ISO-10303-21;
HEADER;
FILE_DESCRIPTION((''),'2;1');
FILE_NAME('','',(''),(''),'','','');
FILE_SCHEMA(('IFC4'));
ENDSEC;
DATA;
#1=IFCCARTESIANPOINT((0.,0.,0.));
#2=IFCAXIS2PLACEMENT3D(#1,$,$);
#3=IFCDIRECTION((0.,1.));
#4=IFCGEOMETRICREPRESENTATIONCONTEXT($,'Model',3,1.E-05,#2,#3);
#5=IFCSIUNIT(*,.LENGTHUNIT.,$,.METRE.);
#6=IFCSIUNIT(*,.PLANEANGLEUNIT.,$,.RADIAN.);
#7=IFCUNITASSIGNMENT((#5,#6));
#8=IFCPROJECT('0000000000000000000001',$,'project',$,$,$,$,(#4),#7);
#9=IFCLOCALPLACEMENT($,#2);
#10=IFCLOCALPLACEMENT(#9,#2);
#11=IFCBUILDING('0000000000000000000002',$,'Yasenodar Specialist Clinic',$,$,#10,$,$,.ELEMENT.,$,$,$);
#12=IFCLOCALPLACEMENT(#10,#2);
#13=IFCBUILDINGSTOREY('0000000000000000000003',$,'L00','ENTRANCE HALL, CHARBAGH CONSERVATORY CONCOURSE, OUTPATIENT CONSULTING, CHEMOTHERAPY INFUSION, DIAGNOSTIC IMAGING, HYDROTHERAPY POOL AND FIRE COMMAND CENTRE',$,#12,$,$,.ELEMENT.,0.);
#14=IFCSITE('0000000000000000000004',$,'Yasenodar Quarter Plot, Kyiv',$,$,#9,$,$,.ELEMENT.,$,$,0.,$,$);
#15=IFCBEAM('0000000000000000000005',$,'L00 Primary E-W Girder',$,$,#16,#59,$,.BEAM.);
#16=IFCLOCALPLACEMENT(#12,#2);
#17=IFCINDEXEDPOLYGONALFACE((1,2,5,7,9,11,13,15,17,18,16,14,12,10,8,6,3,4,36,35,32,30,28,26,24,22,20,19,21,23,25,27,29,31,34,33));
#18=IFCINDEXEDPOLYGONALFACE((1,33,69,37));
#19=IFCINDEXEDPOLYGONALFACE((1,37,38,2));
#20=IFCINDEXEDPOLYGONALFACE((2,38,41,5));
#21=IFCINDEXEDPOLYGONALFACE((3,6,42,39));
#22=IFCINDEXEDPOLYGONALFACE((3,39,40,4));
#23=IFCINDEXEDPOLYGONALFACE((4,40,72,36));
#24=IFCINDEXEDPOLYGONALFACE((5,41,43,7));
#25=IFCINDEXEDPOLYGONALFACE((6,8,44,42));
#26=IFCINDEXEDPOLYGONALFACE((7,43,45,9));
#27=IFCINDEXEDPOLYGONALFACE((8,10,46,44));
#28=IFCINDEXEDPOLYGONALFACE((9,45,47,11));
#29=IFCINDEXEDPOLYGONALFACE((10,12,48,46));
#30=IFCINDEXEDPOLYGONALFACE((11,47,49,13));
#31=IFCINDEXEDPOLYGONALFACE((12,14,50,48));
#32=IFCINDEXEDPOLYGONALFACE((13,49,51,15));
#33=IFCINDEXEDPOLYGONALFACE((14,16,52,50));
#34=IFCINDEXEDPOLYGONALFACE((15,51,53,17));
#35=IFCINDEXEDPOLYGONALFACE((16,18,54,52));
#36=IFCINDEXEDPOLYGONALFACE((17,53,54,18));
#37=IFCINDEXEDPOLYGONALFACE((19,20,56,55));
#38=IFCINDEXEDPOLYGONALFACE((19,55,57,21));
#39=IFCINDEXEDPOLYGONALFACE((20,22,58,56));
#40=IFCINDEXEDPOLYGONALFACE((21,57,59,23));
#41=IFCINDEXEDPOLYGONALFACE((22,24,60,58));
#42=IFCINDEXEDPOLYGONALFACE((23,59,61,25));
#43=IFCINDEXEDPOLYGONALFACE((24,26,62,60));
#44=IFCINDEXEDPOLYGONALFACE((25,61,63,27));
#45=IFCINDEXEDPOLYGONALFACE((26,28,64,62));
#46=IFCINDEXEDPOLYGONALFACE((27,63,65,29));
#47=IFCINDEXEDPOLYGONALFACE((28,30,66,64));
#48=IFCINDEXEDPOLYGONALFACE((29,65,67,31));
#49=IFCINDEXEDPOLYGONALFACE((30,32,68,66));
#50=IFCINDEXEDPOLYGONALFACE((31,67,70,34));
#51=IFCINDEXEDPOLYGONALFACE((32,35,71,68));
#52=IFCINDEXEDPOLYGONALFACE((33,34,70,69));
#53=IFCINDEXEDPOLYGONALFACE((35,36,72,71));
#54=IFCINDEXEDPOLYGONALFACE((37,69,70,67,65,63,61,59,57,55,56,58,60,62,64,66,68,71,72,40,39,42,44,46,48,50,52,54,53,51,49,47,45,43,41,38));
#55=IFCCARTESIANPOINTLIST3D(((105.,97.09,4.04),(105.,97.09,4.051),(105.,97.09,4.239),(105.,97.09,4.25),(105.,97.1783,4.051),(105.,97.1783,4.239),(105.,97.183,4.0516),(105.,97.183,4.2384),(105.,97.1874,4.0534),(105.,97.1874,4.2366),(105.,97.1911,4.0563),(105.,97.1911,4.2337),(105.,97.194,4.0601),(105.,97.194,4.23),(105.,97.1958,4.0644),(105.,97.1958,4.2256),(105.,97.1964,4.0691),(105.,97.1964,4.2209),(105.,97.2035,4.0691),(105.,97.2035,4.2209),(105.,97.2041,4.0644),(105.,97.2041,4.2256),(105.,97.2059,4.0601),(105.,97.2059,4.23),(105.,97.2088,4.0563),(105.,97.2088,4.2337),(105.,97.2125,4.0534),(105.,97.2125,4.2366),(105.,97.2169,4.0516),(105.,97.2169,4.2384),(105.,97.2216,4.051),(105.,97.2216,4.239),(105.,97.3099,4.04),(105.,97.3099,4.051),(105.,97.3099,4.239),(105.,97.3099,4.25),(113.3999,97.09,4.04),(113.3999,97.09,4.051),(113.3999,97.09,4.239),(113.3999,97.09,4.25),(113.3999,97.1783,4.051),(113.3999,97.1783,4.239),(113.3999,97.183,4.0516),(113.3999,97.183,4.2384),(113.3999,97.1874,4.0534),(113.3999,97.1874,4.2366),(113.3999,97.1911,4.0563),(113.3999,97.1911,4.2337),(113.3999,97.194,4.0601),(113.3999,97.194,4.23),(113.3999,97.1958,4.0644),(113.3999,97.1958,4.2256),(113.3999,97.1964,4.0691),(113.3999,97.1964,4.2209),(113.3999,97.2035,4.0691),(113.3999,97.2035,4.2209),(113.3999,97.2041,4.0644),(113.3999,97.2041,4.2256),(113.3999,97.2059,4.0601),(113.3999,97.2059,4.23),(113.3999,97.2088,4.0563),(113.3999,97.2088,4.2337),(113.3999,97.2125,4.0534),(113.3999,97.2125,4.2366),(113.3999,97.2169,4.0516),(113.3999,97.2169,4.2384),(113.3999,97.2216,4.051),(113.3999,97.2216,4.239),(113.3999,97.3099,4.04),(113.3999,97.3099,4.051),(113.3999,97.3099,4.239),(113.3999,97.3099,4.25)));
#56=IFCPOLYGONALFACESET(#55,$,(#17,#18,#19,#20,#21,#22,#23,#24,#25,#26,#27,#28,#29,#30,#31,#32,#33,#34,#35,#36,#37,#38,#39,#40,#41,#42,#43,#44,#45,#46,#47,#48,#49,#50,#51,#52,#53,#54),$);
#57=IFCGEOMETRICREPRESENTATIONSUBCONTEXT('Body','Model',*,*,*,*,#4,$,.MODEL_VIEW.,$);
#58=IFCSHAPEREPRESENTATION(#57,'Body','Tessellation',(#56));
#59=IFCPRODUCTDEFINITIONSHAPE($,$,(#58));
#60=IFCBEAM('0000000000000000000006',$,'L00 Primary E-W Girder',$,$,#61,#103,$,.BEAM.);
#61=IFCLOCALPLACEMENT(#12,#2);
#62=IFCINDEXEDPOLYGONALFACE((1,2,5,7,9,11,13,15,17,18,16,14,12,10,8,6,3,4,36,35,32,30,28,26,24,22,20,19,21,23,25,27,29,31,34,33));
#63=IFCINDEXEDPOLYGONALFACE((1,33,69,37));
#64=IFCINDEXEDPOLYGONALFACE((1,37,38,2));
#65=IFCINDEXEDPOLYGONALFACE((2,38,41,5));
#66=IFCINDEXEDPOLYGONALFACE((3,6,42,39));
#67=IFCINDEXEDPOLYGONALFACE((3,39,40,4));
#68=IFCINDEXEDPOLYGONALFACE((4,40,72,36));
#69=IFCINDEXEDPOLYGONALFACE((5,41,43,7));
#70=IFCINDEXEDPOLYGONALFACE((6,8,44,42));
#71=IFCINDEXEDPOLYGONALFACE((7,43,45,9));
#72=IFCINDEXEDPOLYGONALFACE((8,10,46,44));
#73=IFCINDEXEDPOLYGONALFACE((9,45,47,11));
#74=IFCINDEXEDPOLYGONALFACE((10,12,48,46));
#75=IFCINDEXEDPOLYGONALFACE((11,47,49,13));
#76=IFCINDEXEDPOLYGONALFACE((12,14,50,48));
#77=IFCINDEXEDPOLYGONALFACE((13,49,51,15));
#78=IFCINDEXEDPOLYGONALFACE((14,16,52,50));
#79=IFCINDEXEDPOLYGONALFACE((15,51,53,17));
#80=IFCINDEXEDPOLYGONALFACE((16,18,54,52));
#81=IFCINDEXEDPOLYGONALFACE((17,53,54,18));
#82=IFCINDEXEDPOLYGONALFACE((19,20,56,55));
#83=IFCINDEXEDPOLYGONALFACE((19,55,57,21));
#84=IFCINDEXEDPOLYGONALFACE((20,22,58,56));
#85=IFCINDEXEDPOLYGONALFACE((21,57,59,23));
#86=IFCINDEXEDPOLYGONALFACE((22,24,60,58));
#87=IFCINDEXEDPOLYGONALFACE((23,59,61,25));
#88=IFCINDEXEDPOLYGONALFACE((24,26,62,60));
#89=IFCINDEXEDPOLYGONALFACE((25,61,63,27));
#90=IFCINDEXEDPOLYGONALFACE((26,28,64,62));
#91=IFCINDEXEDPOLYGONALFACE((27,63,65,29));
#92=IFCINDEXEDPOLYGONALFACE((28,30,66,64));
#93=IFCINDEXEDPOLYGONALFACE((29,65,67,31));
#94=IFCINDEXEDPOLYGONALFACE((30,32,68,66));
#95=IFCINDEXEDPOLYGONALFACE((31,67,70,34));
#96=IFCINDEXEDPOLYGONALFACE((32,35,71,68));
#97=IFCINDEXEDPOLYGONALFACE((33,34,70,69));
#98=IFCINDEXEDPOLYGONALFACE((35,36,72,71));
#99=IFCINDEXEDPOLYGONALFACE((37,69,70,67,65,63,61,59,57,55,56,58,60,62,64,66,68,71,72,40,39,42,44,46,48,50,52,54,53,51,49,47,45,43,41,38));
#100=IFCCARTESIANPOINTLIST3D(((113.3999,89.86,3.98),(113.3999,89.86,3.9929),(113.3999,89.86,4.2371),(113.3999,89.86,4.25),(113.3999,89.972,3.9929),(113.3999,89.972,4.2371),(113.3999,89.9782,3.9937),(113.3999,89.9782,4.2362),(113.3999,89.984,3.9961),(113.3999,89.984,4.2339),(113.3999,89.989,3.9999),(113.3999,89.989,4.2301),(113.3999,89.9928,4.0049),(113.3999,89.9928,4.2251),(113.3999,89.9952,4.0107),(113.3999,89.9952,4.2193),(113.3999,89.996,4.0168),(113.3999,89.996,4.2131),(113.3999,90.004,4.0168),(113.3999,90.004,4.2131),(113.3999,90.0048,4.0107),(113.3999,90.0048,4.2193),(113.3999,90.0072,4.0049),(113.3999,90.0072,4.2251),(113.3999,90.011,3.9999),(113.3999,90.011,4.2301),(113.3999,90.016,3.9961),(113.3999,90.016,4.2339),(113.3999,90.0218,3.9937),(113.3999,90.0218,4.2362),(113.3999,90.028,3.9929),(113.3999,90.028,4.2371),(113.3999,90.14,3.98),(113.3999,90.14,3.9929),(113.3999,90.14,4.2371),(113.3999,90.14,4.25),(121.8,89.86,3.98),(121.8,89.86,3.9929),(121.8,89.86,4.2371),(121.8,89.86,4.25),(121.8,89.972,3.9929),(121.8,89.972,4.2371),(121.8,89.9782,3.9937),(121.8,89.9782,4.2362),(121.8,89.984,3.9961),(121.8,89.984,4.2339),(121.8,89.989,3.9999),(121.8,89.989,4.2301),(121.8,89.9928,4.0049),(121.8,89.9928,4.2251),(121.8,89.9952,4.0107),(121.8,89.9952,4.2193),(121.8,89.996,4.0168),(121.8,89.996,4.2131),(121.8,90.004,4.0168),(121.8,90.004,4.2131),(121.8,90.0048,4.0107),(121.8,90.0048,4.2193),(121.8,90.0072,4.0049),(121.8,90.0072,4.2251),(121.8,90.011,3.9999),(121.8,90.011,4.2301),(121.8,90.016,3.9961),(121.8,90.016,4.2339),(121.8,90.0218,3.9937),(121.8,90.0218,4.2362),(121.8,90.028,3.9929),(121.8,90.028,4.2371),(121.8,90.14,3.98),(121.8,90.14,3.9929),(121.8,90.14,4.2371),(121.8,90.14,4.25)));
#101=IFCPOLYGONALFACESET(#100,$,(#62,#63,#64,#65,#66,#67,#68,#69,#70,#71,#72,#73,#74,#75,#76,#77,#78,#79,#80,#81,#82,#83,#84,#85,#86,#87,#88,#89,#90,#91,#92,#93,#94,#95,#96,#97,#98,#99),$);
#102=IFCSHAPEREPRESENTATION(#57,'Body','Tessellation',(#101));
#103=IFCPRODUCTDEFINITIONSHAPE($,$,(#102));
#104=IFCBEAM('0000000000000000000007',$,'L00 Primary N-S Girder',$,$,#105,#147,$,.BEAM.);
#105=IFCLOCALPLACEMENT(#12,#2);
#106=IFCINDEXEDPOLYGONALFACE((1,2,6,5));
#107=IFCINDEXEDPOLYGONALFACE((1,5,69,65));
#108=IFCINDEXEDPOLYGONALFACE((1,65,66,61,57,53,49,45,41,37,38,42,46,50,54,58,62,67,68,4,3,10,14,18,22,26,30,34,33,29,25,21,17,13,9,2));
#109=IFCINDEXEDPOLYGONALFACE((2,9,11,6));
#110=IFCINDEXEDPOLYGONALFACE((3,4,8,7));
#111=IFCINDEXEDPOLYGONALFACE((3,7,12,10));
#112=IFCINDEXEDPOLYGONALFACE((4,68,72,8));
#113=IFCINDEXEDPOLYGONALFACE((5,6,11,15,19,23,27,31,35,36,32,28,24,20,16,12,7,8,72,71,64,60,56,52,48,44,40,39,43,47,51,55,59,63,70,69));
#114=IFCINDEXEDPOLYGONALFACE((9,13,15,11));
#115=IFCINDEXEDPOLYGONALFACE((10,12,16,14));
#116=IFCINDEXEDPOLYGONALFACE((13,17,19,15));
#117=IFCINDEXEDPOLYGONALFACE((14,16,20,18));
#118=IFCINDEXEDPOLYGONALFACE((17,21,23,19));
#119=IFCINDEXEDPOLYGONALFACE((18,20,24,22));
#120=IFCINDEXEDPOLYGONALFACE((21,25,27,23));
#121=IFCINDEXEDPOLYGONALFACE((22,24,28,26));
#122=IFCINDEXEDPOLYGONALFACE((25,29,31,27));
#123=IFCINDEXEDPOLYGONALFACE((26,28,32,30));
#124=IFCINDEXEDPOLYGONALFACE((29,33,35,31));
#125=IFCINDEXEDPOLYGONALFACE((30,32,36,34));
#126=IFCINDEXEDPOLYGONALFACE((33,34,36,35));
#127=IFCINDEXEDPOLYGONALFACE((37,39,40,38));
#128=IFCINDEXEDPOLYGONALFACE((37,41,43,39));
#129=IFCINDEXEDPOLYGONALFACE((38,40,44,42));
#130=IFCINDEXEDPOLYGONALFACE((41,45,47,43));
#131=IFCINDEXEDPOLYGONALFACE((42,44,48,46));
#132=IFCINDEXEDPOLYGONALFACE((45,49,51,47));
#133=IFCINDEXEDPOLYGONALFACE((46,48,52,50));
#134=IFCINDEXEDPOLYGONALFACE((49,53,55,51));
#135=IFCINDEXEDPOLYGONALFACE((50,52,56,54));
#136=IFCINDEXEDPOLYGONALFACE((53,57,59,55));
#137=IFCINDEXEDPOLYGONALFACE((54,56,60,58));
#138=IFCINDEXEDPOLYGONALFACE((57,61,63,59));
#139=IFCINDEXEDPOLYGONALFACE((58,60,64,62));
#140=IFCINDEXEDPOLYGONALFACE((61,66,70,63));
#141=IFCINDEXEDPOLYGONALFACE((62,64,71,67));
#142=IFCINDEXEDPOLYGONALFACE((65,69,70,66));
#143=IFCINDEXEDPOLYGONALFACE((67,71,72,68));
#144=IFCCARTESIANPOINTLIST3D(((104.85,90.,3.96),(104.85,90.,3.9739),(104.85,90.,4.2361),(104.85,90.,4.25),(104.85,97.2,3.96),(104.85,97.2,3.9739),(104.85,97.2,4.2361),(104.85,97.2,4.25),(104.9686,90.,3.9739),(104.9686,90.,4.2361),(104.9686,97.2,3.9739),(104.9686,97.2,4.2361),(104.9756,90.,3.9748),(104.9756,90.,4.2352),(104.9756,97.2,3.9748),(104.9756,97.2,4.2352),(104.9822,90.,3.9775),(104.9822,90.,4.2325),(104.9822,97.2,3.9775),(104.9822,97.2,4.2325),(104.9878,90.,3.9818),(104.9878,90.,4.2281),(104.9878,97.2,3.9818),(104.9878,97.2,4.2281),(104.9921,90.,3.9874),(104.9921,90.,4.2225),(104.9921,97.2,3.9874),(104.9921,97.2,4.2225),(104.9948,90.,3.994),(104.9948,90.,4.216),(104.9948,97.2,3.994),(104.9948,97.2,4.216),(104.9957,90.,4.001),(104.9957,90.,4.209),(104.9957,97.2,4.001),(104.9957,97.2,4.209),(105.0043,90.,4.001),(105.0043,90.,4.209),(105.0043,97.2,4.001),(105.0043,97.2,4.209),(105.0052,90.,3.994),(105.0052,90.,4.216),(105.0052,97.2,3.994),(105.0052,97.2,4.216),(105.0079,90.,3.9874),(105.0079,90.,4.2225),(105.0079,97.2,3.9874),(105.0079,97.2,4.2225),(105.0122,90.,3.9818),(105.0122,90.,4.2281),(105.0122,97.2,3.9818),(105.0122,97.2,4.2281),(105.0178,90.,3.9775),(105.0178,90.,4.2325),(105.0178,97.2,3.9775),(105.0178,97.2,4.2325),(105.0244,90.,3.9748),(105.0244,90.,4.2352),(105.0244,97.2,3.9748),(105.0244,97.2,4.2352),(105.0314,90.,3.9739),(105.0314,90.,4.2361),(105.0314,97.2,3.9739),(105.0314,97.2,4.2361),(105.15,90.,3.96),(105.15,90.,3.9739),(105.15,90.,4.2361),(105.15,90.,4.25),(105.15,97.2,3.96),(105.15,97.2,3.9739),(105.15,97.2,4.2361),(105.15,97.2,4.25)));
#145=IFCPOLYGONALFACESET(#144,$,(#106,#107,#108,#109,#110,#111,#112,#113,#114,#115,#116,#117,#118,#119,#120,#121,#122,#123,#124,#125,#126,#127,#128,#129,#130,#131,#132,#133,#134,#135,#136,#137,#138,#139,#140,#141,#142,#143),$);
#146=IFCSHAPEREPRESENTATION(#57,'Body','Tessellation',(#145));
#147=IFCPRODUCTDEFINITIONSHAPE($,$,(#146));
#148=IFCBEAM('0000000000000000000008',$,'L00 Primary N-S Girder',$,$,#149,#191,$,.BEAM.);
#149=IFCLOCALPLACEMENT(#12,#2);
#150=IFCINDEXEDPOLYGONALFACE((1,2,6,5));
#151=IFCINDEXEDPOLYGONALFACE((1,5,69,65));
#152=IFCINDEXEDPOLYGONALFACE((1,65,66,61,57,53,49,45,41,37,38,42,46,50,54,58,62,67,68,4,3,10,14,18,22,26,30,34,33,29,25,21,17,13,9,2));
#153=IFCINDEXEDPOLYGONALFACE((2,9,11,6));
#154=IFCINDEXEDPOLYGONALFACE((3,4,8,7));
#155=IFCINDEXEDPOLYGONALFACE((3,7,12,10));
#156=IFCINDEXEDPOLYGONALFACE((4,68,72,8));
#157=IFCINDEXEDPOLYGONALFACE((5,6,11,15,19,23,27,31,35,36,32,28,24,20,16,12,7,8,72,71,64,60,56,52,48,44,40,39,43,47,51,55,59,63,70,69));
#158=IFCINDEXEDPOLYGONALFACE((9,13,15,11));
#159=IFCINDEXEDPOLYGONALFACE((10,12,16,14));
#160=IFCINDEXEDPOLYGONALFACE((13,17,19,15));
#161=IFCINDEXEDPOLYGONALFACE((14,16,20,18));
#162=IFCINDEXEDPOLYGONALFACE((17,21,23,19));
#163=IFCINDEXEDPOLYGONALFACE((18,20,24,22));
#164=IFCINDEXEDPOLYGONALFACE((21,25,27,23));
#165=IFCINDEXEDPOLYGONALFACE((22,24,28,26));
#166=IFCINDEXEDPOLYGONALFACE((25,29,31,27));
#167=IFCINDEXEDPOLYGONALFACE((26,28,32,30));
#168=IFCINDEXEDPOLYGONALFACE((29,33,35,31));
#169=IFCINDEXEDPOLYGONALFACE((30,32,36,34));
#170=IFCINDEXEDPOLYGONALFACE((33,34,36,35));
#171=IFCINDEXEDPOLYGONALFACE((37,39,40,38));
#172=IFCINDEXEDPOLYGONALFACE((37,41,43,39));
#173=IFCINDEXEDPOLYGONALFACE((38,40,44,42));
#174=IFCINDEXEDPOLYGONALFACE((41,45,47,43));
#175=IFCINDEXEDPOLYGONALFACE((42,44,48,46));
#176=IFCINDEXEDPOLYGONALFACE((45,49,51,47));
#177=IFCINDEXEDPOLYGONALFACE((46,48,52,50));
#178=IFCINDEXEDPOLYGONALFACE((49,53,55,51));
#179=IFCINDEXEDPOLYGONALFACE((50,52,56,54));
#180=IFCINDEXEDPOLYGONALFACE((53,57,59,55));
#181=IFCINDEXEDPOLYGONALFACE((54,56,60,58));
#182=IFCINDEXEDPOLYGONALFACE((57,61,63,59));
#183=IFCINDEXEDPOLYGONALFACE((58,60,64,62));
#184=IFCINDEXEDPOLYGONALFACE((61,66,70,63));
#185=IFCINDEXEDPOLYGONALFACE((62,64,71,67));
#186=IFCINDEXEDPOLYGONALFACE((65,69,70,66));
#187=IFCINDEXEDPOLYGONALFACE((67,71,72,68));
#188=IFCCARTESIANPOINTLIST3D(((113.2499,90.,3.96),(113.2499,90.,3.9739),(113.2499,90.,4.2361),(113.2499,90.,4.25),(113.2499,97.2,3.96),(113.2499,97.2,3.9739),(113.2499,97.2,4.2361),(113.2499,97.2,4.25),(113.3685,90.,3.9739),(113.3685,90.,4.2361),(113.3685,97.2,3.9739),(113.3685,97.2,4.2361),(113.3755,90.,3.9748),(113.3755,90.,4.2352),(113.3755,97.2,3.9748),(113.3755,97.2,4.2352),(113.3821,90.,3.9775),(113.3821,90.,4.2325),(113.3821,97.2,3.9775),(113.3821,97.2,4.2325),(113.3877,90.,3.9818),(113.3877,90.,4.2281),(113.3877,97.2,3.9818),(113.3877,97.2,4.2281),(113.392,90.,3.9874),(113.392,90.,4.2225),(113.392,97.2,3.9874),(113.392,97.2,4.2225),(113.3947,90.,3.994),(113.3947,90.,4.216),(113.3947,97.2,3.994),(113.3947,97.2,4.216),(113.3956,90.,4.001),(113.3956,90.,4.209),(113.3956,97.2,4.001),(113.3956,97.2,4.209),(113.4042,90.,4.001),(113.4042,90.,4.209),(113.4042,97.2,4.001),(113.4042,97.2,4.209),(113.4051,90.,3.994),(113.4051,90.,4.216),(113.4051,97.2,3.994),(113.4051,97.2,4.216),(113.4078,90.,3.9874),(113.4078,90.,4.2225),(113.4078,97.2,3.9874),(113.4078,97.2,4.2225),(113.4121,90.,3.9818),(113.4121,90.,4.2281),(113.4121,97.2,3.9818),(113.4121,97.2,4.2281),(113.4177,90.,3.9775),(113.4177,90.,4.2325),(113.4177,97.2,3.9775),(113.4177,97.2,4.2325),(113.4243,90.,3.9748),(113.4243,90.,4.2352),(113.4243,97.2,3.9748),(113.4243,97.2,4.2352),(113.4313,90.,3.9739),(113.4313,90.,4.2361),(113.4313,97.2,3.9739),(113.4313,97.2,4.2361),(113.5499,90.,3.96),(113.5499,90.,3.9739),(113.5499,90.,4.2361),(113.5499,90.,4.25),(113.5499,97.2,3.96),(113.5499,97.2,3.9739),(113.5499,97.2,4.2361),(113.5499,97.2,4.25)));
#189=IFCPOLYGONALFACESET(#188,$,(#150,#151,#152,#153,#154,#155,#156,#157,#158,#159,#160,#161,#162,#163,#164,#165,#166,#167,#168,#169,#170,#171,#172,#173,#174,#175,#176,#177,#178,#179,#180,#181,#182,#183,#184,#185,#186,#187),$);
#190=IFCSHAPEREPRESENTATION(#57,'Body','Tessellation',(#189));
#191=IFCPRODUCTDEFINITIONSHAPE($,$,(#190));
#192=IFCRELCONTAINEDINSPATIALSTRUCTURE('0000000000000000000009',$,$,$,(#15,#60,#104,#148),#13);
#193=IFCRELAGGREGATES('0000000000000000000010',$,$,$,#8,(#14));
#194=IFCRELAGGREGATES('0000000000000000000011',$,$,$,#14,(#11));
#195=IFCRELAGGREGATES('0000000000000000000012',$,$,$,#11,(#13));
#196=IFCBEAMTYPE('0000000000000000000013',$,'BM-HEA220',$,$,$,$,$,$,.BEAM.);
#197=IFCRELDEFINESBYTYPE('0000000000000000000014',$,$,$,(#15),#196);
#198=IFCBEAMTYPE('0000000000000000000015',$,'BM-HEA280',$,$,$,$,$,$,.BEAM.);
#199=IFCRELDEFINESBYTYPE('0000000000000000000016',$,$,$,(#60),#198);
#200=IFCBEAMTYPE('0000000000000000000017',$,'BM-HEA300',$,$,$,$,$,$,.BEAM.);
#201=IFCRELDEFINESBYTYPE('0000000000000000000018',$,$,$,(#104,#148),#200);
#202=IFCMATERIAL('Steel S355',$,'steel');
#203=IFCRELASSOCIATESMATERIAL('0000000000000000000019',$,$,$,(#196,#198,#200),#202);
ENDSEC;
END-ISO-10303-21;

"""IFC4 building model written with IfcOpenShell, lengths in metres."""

from ifc_helpers import new_model, si_unit, direction, frame, origin, origin_2d, place, context, subcontext, project, spatial, i_section, extrude, material, material_profile, profile_set, type_object, element, save


model = new_model("IFC4")

# Units and contexts
model_context = context("Model", 3, precision=1e-05, world=origin(), true_north=direction((0.0, 1.0)))
body_context = subcontext(model_context, "Body", "Model", "MODEL_VIEW")
ifc_project = project(units=[si_unit("LENGTHUNIT", "METRE"), si_unit("PLANEANGLEUNIT", "RADIAN")], contexts=[model_context])

# Site, building, storey
site_placement = place(None, origin())
site = spatial("IfcSite", under=ifc_project, at=site_placement, Name="Yasenodar Quarter Plot, Kyiv", CompositionType="ELEMENT", RefElevation=0.0)
building_placement = place(site_placement, origin())
building = spatial("IfcBuilding", under=site, at=building_placement, Name="Yasenodar Specialist Clinic", CompositionType="ELEMENT")
storey_placement = place(building_placement, origin())
storey = spatial("IfcBuildingStorey", under=building, at=storey_placement, Name="L00", Description="ENTRANCE HALL, CHARBAGH CONSERVATORY CONCOURSE, OUTPATIENT CONSULTING, CHEMOTHERAPY INFUSION, DIAGNOSTIC IMAGING, HYDROTHERAPY POOL AND FIRE COMMAND CENTRE", CompositionType="ELEMENT", Elevation=0.0)

# Shared definitions
ifc_material_1 = material(Name="Steel S355", Category="steel")

# Beams
ifc_material_profile_1 = material_profile(ifc_material_1, i_section(OverallWidth=0.22, OverallDepth=0.21, WebThickness=0.0071, FlangeThickness=0.011, FilletRadius=0.0181, at=origin_2d()), Name="HEA 220")
ifc_profile_set_1 = profile_set([ifc_material_profile_1], Name="Steel S355")
beam_type_1 = type_object("IfcBeamType", Name="BM-HEA220", PredefinedType="BEAM", material=ifc_profile_set_1)
beam_1_placement = place(storey_placement, frame((105.0, 97.2, 4.145), z_axis=(1.0, 0.0, 0.0), x_axis=(0.0, 1.0, 0.0)))
element("IfcBeam", 1, at=beam_1_placement, inside=storey, type_object=beam_type_1, Name="L00 Primary E-W Girder", PredefinedType="BEAM", context=body_context, shape_type="SweptSolid", body=[
    extrude(i_section(OverallWidth=0.22, OverallDepth=0.21, WebThickness=0.0071, FlangeThickness=0.011, FilletRadius=0.0181, at=origin_2d()), origin(), (0.0, 0.0, 1.0), 8.3999),
])
ifc_material_profile_2 = material_profile(ifc_material_1, i_section(OverallWidth=0.28, OverallDepth=0.27, WebThickness=0.0081, FlangeThickness=0.0129, FilletRadius=0.0239, at=origin_2d()), Name="HEA 280")
ifc_profile_set_2 = profile_set([ifc_material_profile_2], Name="Steel S355")
beam_type_2 = type_object("IfcBeamType", Name="BM-HEA280", PredefinedType="BEAM", material=ifc_profile_set_2)
beam_2_placement = place(storey_placement, frame((113.3999, 90.0, 4.115), z_axis=(1.0, 0.0, 0.0), x_axis=(0.0, 1.0, 0.0)))
element("IfcBeam", 2, at=beam_2_placement, inside=storey, type_object=beam_type_2, Name="L00 Primary E-W Girder", PredefinedType="BEAM", context=body_context, shape_type="SweptSolid", body=[
    extrude(i_section(OverallWidth=0.28, OverallDepth=0.27, WebThickness=0.0081, FlangeThickness=0.0129, FilletRadius=0.0239, at=origin_2d()), origin(), (0.0, 0.0, 1.0), 8.4001),
])
ifc_material_profile_3 = material_profile(ifc_material_1, i_section(OverallWidth=0.3, OverallDepth=0.29, WebThickness=0.0085, FlangeThickness=0.0139, FilletRadius=0.0271, at=origin_2d()), Name="HEA 300")
ifc_profile_set_3 = profile_set([ifc_material_profile_3], Name="Steel S355")
beam_type_3 = type_object("IfcBeamType", Name="BM-HEA300", PredefinedType="BEAM", material=ifc_profile_set_3)
for number, where, z_axis, x_axis, name in (
    (3, (105.0, 90.0, 4.105), (0.0, 1.0, 0.0), (-1.0, 0.0, 0.0), "L00 Primary N-S Girder"),
    (4, (113.3999, 90.0, 4.105), (0.0, 1.0, 0.0), (-1.0, 0.0, 0.0), "L00 Primary N-S Girder"),
):
    element("IfcBeam", number, at=place(storey_placement, frame(where, z_axis=z_axis, x_axis=x_axis)), inside=storey, type_object=beam_type_3, Name=name, PredefinedType="BEAM", context=body_context, shape_type="SweptSolid", body=[
        extrude(i_section(OverallWidth=0.3, OverallDepth=0.29, WebThickness=0.0085, FlangeThickness=0.0139, FilletRadius=0.0271, at=origin_2d()), origin(), (0.0, 0.0, 1.0), 7.2),
    ])

save(model, "model.ifc")
